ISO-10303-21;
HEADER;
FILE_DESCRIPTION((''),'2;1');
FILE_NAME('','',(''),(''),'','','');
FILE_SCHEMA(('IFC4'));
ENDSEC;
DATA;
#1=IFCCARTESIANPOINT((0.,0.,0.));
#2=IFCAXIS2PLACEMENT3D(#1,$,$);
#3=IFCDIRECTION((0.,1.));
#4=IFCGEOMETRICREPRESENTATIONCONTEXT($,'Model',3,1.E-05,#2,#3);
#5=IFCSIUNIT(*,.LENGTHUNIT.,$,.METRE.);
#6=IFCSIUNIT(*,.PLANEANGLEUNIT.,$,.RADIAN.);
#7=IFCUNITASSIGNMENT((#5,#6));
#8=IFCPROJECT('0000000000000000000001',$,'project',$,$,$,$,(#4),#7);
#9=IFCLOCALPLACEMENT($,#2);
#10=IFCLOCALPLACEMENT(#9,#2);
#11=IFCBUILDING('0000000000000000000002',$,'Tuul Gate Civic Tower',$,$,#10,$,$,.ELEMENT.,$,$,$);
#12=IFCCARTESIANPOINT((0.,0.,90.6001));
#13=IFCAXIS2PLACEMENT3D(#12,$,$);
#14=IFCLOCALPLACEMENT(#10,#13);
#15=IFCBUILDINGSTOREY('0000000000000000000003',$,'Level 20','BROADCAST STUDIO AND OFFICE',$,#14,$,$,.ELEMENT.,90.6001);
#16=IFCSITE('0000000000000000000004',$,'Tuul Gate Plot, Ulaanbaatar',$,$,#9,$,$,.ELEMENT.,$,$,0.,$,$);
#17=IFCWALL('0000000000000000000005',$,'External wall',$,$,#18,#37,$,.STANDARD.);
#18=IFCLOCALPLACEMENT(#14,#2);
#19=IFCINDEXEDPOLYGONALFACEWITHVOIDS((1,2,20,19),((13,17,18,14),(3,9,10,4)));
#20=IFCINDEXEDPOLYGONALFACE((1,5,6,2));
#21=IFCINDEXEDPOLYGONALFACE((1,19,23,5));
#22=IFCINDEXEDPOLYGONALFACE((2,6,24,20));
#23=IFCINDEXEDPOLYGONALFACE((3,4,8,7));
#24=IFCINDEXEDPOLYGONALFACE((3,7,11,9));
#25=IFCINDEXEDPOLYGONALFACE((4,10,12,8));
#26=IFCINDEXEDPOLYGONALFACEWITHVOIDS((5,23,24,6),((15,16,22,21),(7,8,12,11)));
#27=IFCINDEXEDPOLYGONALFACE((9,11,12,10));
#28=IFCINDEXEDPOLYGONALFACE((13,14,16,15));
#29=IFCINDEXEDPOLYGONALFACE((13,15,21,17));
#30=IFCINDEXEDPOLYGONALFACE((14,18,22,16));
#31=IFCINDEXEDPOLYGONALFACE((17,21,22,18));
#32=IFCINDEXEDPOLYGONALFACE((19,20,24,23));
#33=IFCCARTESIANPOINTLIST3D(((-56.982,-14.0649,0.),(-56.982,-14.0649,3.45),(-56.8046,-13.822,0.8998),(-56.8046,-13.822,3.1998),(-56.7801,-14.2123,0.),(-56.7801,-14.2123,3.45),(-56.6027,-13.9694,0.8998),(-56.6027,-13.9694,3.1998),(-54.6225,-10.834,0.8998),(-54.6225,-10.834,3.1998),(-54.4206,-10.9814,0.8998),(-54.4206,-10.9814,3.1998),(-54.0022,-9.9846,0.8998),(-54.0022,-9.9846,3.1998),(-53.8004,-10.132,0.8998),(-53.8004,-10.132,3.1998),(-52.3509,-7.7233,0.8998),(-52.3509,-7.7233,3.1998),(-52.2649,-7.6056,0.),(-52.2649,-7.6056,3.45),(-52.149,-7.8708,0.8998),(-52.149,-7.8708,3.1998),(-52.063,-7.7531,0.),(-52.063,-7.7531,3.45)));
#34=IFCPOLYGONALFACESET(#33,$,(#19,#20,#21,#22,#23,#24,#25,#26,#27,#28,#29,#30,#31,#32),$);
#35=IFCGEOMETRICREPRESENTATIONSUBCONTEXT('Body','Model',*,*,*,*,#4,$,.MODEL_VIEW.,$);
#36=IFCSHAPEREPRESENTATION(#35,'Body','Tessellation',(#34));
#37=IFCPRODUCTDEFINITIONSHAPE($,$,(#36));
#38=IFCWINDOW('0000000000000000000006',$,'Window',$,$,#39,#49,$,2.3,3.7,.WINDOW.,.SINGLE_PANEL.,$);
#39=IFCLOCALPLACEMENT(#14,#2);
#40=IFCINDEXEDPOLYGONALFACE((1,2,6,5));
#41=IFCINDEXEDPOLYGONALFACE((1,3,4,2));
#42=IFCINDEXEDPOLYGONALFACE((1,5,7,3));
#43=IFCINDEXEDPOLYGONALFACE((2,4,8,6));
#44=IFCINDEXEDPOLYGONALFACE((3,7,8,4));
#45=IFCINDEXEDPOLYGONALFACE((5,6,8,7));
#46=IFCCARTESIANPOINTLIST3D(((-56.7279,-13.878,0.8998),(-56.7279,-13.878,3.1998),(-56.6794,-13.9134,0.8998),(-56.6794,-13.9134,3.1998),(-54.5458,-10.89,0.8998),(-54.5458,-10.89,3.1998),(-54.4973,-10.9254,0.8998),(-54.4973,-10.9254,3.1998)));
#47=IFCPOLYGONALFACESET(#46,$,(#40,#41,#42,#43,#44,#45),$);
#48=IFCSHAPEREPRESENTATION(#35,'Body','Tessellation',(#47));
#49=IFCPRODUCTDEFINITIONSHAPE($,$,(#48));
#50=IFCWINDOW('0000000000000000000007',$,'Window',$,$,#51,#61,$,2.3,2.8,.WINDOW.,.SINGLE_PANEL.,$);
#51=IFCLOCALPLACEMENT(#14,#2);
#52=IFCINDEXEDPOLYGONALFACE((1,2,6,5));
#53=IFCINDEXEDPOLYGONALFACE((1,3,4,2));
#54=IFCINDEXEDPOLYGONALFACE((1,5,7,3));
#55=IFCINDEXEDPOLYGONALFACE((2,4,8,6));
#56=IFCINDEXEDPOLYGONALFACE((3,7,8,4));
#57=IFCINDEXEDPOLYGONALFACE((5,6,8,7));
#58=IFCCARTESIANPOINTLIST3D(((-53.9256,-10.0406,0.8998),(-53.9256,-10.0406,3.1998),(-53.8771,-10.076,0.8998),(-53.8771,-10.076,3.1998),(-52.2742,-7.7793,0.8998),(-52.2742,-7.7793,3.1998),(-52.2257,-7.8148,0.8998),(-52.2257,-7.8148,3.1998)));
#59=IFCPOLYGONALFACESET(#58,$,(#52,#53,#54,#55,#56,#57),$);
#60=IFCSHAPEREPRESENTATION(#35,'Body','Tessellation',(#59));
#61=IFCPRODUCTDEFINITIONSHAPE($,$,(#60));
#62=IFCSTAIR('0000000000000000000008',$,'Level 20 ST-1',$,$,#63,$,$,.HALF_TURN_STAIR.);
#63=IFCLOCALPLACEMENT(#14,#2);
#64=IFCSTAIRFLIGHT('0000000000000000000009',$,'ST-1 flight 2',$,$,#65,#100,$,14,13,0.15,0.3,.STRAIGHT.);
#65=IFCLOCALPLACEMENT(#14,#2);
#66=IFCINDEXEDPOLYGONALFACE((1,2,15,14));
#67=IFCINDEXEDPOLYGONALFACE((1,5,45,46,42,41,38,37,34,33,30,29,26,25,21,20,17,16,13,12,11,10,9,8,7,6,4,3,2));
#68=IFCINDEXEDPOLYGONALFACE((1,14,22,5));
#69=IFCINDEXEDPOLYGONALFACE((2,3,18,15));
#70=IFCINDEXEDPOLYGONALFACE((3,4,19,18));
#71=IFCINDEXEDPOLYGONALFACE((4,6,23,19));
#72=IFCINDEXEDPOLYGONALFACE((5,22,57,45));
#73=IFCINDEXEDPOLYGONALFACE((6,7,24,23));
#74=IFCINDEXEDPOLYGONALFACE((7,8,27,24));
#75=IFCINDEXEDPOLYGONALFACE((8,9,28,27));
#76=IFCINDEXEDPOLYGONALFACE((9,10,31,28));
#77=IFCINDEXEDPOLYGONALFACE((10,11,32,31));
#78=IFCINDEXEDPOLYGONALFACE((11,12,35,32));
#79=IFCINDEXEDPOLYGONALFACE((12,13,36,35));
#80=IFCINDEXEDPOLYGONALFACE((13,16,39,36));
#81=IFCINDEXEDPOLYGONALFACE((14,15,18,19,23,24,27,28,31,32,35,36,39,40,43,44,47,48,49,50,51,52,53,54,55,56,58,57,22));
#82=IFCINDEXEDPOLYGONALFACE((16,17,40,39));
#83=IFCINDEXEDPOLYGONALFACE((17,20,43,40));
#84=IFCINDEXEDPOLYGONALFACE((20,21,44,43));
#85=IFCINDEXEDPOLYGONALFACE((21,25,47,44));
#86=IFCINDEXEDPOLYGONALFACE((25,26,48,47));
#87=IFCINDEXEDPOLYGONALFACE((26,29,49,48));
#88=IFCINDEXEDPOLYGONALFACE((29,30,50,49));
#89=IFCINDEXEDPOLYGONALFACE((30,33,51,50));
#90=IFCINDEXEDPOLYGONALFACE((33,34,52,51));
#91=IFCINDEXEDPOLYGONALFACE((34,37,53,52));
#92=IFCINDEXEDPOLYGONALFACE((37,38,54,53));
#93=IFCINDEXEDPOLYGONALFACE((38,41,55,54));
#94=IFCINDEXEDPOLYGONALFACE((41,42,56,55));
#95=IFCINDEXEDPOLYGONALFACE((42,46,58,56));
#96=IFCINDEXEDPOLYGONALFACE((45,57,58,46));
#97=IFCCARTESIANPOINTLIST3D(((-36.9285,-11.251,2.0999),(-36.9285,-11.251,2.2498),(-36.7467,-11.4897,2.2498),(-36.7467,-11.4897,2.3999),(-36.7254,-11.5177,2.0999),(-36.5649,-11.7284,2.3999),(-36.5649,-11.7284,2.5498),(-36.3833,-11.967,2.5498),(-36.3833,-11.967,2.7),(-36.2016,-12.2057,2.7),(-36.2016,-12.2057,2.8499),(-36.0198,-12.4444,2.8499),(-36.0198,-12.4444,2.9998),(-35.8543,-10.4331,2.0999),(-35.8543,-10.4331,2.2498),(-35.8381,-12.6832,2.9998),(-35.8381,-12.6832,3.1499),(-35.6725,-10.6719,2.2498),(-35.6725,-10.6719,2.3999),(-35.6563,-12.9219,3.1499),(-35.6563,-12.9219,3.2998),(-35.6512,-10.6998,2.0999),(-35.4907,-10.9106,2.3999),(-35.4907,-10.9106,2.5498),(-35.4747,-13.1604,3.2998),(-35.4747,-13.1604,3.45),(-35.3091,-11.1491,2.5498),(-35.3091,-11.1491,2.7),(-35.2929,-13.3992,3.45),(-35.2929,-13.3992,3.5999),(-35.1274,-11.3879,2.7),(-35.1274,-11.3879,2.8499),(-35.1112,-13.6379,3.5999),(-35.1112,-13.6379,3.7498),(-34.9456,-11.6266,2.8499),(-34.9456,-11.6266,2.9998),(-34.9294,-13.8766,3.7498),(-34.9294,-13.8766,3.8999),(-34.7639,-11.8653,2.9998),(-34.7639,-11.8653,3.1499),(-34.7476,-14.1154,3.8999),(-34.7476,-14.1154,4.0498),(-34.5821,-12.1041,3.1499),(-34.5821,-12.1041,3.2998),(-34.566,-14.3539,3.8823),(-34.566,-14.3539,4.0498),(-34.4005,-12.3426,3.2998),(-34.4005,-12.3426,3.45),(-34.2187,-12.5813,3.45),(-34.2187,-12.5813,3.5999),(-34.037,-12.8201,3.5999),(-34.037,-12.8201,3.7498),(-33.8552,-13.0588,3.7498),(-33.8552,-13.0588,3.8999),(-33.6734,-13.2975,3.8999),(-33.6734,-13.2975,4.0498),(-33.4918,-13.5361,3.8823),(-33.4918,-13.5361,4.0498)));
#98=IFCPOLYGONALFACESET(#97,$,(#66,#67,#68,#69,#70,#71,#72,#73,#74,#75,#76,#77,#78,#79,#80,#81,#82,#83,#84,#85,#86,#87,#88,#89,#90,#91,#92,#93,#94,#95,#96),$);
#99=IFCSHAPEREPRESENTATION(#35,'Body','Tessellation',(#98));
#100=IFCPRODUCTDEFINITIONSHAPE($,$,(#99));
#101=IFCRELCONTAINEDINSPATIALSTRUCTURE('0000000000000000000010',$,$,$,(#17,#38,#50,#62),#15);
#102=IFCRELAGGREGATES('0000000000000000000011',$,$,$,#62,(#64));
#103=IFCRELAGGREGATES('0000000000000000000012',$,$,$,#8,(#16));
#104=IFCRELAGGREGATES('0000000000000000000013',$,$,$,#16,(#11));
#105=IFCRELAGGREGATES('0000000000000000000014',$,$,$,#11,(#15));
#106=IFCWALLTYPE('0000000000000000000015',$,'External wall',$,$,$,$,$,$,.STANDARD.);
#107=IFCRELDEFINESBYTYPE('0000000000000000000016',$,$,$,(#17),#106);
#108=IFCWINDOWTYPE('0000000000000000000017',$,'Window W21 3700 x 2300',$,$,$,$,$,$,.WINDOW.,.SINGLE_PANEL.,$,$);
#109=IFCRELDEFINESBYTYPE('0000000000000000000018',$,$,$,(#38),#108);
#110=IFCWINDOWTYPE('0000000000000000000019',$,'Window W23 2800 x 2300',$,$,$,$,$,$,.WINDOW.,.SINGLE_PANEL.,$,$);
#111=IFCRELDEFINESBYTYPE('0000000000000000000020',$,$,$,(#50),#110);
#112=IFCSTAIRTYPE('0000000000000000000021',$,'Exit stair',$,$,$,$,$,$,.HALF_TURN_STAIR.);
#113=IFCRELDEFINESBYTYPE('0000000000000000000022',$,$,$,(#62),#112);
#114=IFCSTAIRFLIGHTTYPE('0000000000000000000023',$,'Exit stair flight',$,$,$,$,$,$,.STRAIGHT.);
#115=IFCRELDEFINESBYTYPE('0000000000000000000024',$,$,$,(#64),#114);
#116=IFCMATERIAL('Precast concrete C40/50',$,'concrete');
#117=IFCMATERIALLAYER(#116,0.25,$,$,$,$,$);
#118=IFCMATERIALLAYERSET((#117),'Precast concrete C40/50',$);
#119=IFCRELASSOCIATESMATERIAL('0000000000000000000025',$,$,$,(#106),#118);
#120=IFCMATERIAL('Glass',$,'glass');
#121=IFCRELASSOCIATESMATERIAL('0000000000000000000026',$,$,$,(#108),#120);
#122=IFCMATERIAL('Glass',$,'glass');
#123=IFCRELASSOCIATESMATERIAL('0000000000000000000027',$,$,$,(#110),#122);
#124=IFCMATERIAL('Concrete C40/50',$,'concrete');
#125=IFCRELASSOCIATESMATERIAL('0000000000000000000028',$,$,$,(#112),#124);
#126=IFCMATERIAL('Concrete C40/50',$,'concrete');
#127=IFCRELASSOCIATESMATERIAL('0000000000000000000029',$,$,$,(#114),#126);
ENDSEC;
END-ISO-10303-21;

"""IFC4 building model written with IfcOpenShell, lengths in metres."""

from ifc_helpers import new_model, si_unit, direction, frame, frame_2d, origin, place, context, subcontext, project, spatial, polyline, rectangle, outline, extrude, material, layer, layer_set, type_object, element, fill, aggregate, save


model = new_model("IFC4")

# Units and contexts
model_context = context("Model", 3, precision=1e-05, world=origin(), true_north=direction((0.0, 1.0)))
body_context = subcontext(model_context, "Body", "Model", "MODEL_VIEW")
ifc_project = project(units=[si_unit("LENGTHUNIT", "METRE"), si_unit("PLANEANGLEUNIT", "RADIAN")], contexts=[model_context])

# Site, building, storey
site_placement = place(None, origin())
site = spatial("IfcSite", under=ifc_project, at=site_placement, Name="Tuul Gate Plot, Ulaanbaatar", CompositionType="ELEMENT", RefElevation=0.0)
building_placement = place(site_placement, origin())
building = spatial("IfcBuilding", under=site, at=building_placement, Name="Tuul Gate Civic Tower", CompositionType="ELEMENT")
storey_placement = place(building_placement, frame((0.0, 0.0, 90.6001)))
storey = spatial("IfcBuildingStorey", under=building, at=storey_placement, Name="Level 20", Description="BROADCAST STUDIO AND OFFICE", CompositionType="ELEMENT", Elevation=90.6001)

# Wall, openings, windows
ifc_material_1 = material(Name="Precast concrete C40/50", Category="concrete")
ifc_layer_1 = layer(ifc_material_1, 0.25)
ifc_layer_set_1 = layer_set([ifc_layer_1], Name="Precast concrete C40/50")
wall_type_1 = type_object("IfcWallType", Name="External wall", PredefinedType="STANDARD", material=ifc_layer_set_1)
wall_1_placement = place(storey_placement, frame((-52.1641, -7.6794, 0.0), z_axis=(0.0, 0.0, 1.0), x_axis=(-0.589759, -0.80758, 0.0)))
wall_1 = element("IfcWall", 1, at=wall_1_placement, inside=storey, type_object=wall_type_1, Name="External wall", PredefinedType="STANDARD", context=body_context, shape_type="SweptSolid", body=[
    extrude(rectangle(XDim=7.9983, YDim=0.25, at=frame_2d((3.999, 0.0))), origin(), (0.0, 0.0, 1.0), 3.45),
])
opening_1_placement = place(wall_1_placement, frame((0.1458, 0.0, 0.8999)))
opening_1 = element("IfcOpeningElement", 2, at=opening_1_placement, cuts=wall_1, PredefinedType="OPENING", context=body_context, shape_type="SweptSolid", body=[
    extrude(rectangle(XDim=2.8, YDim=2.3, at=frame_2d((1.3999, 1.1499))), frame((0.0, 0.135, 0.0), z_axis=(0.0, -1.0, 0.0), x_axis=(1.0, 0.0, 0.0)), (0.0, 0.0, 1.0), 0.27),
])
opening_2_placement = place(wall_1_placement, frame((3.9973, 0.0, 0.8999)))
opening_2 = element("IfcOpeningElement", 3, at=opening_2_placement, cuts=wall_1, PredefinedType="OPENING", context=body_context, shape_type="SweptSolid", body=[
    extrude(rectangle(XDim=3.7, YDim=2.3, at=frame_2d((1.8501, 1.1499))), frame((0.0, 0.135, 0.0), z_axis=(0.0, -1.0, 0.0), x_axis=(1.0, 0.0, 0.0)), (0.0, 0.0, 1.0), 0.27),
])
ifc_material_2 = material(Name="Glass", Category="glass")
window_type_1 = type_object("IfcWindowType", Name="Window W21 3700 x 2300", PartitioningType="SINGLE_PANEL", PredefinedType="WINDOW", material=ifc_material_2)
window_1_placement = place(opening_2_placement, origin())
window_1 = element("IfcWindow", 4, at=window_1_placement, inside=storey, type_object=window_type_1, Name="Window", OverallHeight=2.3, OverallWidth=3.7, PartitioningType="SINGLE_PANEL", PredefinedType="WINDOW", context=body_context, shape_type="SweptSolid", body=[
    extrude(rectangle(XDim=3.7, YDim=2.3, at=frame_2d((1.8501, 1.1499))), frame((0.0, 0.03, 0.0), z_axis=(0.0, -1.0, 0.0), x_axis=(1.0, 0.0, 0.0)), (0.0, 0.0, 1.0), 0.0601),
])
fill(opening_2, window_1)
ifc_material_3 = material(Name="Glass", Category="glass")
window_type_2 = type_object("IfcWindowType", Name="Window W23 2800 x 2300", PartitioningType="SINGLE_PANEL", PredefinedType="WINDOW", material=ifc_material_3)
window_2_placement = place(opening_1_placement, origin())
window_2 = element("IfcWindow", 5, at=window_2_placement, inside=storey, type_object=window_type_2, Name="Window", OverallHeight=2.3, OverallWidth=2.8, PartitioningType="SINGLE_PANEL", PredefinedType="WINDOW", context=body_context, shape_type="SweptSolid", body=[
    extrude(rectangle(XDim=2.8, YDim=2.3, at=frame_2d((1.3999, 1.1499))), frame((0.0, 0.03, 0.0), z_axis=(0.0, -1.0, 0.0), x_axis=(1.0, 0.0, 0.0)), (0.0, 0.0, 1.0), 0.0601),
])
fill(opening_1, window_2)

# Stair, stair flight
ifc_material_4 = material(Name="Concrete C40/50", Category="concrete")
stair_type = type_object("IfcStairType", Name="Exit stair", PredefinedType="HALF_TURN_STAIR", material=ifc_material_4)
stair_placement = place(storey_placement, origin())
stair = element("IfcStair", 6, at=stair_placement, inside=storey, type_object=stair_type, Name="Level 20 ST-1", PredefinedType="HALF_TURN_STAIR")
ifc_material_5 = material(Name="Concrete C40/50", Category="concrete")
stair_flight_type = type_object("IfcStairFlightType", Name="Exit stair flight", PredefinedType="STRAIGHT", material=ifc_material_5)
stair_flight_placement = place(storey_placement, frame((-36.3914, -10.842, 2.0999), z_axis=(0.0, 0.0, 1.0), x_axis=(0.605764, -0.795644, 0.0)))
stair_flight = element("IfcStairFlight", 7, at=stair_flight_placement, type_object=stair_flight_type, Name="ST-1 flight 2", NumberOfRisers=14, NumberOfTreads=13, PredefinedType="STRAIGHT", RiserHeight=0.15, TreadLength=0.3, context=body_context, shape_type="SweptSolid", body=[
    extrude(outline(polyline([(0.0, 0.0), (0.0, 0.1499), (0.3, 0.1499), (0.3, 0.3), (0.6001, 0.3), (0.6001, 0.45), (0.8999, 0.45), (0.8999, 0.6001), (1.2, 0.6001), (1.2, 0.75), (1.5, 0.75), (1.5, 0.8999), (1.8, 0.8999), (1.8, 1.05), (2.1001, 1.05), (2.1001, 1.2), (2.3999, 1.2), (2.3999, 1.3501), (2.7, 1.3501), (2.7, 1.5), (3.0, 1.5), (3.0, 1.6499), (3.3, 1.6499), (3.3, 1.8), (3.6001, 1.8), (3.6001, 1.95), (3.8999, 1.95), (3.8999, 2.1001), (3.8999, 1.7825), (0.3352, 0.0), (0.0, 0.0)])), frame((0.0, 0.675, 0.0), z_axis=(0.0, -1.0, 0.0), x_axis=(1.0, 0.0, 0.0)), (0.0, 0.0, 1.0), 1.3501),
])
aggregate(stair, [stair_flight])

save(model, "model.ifc")
